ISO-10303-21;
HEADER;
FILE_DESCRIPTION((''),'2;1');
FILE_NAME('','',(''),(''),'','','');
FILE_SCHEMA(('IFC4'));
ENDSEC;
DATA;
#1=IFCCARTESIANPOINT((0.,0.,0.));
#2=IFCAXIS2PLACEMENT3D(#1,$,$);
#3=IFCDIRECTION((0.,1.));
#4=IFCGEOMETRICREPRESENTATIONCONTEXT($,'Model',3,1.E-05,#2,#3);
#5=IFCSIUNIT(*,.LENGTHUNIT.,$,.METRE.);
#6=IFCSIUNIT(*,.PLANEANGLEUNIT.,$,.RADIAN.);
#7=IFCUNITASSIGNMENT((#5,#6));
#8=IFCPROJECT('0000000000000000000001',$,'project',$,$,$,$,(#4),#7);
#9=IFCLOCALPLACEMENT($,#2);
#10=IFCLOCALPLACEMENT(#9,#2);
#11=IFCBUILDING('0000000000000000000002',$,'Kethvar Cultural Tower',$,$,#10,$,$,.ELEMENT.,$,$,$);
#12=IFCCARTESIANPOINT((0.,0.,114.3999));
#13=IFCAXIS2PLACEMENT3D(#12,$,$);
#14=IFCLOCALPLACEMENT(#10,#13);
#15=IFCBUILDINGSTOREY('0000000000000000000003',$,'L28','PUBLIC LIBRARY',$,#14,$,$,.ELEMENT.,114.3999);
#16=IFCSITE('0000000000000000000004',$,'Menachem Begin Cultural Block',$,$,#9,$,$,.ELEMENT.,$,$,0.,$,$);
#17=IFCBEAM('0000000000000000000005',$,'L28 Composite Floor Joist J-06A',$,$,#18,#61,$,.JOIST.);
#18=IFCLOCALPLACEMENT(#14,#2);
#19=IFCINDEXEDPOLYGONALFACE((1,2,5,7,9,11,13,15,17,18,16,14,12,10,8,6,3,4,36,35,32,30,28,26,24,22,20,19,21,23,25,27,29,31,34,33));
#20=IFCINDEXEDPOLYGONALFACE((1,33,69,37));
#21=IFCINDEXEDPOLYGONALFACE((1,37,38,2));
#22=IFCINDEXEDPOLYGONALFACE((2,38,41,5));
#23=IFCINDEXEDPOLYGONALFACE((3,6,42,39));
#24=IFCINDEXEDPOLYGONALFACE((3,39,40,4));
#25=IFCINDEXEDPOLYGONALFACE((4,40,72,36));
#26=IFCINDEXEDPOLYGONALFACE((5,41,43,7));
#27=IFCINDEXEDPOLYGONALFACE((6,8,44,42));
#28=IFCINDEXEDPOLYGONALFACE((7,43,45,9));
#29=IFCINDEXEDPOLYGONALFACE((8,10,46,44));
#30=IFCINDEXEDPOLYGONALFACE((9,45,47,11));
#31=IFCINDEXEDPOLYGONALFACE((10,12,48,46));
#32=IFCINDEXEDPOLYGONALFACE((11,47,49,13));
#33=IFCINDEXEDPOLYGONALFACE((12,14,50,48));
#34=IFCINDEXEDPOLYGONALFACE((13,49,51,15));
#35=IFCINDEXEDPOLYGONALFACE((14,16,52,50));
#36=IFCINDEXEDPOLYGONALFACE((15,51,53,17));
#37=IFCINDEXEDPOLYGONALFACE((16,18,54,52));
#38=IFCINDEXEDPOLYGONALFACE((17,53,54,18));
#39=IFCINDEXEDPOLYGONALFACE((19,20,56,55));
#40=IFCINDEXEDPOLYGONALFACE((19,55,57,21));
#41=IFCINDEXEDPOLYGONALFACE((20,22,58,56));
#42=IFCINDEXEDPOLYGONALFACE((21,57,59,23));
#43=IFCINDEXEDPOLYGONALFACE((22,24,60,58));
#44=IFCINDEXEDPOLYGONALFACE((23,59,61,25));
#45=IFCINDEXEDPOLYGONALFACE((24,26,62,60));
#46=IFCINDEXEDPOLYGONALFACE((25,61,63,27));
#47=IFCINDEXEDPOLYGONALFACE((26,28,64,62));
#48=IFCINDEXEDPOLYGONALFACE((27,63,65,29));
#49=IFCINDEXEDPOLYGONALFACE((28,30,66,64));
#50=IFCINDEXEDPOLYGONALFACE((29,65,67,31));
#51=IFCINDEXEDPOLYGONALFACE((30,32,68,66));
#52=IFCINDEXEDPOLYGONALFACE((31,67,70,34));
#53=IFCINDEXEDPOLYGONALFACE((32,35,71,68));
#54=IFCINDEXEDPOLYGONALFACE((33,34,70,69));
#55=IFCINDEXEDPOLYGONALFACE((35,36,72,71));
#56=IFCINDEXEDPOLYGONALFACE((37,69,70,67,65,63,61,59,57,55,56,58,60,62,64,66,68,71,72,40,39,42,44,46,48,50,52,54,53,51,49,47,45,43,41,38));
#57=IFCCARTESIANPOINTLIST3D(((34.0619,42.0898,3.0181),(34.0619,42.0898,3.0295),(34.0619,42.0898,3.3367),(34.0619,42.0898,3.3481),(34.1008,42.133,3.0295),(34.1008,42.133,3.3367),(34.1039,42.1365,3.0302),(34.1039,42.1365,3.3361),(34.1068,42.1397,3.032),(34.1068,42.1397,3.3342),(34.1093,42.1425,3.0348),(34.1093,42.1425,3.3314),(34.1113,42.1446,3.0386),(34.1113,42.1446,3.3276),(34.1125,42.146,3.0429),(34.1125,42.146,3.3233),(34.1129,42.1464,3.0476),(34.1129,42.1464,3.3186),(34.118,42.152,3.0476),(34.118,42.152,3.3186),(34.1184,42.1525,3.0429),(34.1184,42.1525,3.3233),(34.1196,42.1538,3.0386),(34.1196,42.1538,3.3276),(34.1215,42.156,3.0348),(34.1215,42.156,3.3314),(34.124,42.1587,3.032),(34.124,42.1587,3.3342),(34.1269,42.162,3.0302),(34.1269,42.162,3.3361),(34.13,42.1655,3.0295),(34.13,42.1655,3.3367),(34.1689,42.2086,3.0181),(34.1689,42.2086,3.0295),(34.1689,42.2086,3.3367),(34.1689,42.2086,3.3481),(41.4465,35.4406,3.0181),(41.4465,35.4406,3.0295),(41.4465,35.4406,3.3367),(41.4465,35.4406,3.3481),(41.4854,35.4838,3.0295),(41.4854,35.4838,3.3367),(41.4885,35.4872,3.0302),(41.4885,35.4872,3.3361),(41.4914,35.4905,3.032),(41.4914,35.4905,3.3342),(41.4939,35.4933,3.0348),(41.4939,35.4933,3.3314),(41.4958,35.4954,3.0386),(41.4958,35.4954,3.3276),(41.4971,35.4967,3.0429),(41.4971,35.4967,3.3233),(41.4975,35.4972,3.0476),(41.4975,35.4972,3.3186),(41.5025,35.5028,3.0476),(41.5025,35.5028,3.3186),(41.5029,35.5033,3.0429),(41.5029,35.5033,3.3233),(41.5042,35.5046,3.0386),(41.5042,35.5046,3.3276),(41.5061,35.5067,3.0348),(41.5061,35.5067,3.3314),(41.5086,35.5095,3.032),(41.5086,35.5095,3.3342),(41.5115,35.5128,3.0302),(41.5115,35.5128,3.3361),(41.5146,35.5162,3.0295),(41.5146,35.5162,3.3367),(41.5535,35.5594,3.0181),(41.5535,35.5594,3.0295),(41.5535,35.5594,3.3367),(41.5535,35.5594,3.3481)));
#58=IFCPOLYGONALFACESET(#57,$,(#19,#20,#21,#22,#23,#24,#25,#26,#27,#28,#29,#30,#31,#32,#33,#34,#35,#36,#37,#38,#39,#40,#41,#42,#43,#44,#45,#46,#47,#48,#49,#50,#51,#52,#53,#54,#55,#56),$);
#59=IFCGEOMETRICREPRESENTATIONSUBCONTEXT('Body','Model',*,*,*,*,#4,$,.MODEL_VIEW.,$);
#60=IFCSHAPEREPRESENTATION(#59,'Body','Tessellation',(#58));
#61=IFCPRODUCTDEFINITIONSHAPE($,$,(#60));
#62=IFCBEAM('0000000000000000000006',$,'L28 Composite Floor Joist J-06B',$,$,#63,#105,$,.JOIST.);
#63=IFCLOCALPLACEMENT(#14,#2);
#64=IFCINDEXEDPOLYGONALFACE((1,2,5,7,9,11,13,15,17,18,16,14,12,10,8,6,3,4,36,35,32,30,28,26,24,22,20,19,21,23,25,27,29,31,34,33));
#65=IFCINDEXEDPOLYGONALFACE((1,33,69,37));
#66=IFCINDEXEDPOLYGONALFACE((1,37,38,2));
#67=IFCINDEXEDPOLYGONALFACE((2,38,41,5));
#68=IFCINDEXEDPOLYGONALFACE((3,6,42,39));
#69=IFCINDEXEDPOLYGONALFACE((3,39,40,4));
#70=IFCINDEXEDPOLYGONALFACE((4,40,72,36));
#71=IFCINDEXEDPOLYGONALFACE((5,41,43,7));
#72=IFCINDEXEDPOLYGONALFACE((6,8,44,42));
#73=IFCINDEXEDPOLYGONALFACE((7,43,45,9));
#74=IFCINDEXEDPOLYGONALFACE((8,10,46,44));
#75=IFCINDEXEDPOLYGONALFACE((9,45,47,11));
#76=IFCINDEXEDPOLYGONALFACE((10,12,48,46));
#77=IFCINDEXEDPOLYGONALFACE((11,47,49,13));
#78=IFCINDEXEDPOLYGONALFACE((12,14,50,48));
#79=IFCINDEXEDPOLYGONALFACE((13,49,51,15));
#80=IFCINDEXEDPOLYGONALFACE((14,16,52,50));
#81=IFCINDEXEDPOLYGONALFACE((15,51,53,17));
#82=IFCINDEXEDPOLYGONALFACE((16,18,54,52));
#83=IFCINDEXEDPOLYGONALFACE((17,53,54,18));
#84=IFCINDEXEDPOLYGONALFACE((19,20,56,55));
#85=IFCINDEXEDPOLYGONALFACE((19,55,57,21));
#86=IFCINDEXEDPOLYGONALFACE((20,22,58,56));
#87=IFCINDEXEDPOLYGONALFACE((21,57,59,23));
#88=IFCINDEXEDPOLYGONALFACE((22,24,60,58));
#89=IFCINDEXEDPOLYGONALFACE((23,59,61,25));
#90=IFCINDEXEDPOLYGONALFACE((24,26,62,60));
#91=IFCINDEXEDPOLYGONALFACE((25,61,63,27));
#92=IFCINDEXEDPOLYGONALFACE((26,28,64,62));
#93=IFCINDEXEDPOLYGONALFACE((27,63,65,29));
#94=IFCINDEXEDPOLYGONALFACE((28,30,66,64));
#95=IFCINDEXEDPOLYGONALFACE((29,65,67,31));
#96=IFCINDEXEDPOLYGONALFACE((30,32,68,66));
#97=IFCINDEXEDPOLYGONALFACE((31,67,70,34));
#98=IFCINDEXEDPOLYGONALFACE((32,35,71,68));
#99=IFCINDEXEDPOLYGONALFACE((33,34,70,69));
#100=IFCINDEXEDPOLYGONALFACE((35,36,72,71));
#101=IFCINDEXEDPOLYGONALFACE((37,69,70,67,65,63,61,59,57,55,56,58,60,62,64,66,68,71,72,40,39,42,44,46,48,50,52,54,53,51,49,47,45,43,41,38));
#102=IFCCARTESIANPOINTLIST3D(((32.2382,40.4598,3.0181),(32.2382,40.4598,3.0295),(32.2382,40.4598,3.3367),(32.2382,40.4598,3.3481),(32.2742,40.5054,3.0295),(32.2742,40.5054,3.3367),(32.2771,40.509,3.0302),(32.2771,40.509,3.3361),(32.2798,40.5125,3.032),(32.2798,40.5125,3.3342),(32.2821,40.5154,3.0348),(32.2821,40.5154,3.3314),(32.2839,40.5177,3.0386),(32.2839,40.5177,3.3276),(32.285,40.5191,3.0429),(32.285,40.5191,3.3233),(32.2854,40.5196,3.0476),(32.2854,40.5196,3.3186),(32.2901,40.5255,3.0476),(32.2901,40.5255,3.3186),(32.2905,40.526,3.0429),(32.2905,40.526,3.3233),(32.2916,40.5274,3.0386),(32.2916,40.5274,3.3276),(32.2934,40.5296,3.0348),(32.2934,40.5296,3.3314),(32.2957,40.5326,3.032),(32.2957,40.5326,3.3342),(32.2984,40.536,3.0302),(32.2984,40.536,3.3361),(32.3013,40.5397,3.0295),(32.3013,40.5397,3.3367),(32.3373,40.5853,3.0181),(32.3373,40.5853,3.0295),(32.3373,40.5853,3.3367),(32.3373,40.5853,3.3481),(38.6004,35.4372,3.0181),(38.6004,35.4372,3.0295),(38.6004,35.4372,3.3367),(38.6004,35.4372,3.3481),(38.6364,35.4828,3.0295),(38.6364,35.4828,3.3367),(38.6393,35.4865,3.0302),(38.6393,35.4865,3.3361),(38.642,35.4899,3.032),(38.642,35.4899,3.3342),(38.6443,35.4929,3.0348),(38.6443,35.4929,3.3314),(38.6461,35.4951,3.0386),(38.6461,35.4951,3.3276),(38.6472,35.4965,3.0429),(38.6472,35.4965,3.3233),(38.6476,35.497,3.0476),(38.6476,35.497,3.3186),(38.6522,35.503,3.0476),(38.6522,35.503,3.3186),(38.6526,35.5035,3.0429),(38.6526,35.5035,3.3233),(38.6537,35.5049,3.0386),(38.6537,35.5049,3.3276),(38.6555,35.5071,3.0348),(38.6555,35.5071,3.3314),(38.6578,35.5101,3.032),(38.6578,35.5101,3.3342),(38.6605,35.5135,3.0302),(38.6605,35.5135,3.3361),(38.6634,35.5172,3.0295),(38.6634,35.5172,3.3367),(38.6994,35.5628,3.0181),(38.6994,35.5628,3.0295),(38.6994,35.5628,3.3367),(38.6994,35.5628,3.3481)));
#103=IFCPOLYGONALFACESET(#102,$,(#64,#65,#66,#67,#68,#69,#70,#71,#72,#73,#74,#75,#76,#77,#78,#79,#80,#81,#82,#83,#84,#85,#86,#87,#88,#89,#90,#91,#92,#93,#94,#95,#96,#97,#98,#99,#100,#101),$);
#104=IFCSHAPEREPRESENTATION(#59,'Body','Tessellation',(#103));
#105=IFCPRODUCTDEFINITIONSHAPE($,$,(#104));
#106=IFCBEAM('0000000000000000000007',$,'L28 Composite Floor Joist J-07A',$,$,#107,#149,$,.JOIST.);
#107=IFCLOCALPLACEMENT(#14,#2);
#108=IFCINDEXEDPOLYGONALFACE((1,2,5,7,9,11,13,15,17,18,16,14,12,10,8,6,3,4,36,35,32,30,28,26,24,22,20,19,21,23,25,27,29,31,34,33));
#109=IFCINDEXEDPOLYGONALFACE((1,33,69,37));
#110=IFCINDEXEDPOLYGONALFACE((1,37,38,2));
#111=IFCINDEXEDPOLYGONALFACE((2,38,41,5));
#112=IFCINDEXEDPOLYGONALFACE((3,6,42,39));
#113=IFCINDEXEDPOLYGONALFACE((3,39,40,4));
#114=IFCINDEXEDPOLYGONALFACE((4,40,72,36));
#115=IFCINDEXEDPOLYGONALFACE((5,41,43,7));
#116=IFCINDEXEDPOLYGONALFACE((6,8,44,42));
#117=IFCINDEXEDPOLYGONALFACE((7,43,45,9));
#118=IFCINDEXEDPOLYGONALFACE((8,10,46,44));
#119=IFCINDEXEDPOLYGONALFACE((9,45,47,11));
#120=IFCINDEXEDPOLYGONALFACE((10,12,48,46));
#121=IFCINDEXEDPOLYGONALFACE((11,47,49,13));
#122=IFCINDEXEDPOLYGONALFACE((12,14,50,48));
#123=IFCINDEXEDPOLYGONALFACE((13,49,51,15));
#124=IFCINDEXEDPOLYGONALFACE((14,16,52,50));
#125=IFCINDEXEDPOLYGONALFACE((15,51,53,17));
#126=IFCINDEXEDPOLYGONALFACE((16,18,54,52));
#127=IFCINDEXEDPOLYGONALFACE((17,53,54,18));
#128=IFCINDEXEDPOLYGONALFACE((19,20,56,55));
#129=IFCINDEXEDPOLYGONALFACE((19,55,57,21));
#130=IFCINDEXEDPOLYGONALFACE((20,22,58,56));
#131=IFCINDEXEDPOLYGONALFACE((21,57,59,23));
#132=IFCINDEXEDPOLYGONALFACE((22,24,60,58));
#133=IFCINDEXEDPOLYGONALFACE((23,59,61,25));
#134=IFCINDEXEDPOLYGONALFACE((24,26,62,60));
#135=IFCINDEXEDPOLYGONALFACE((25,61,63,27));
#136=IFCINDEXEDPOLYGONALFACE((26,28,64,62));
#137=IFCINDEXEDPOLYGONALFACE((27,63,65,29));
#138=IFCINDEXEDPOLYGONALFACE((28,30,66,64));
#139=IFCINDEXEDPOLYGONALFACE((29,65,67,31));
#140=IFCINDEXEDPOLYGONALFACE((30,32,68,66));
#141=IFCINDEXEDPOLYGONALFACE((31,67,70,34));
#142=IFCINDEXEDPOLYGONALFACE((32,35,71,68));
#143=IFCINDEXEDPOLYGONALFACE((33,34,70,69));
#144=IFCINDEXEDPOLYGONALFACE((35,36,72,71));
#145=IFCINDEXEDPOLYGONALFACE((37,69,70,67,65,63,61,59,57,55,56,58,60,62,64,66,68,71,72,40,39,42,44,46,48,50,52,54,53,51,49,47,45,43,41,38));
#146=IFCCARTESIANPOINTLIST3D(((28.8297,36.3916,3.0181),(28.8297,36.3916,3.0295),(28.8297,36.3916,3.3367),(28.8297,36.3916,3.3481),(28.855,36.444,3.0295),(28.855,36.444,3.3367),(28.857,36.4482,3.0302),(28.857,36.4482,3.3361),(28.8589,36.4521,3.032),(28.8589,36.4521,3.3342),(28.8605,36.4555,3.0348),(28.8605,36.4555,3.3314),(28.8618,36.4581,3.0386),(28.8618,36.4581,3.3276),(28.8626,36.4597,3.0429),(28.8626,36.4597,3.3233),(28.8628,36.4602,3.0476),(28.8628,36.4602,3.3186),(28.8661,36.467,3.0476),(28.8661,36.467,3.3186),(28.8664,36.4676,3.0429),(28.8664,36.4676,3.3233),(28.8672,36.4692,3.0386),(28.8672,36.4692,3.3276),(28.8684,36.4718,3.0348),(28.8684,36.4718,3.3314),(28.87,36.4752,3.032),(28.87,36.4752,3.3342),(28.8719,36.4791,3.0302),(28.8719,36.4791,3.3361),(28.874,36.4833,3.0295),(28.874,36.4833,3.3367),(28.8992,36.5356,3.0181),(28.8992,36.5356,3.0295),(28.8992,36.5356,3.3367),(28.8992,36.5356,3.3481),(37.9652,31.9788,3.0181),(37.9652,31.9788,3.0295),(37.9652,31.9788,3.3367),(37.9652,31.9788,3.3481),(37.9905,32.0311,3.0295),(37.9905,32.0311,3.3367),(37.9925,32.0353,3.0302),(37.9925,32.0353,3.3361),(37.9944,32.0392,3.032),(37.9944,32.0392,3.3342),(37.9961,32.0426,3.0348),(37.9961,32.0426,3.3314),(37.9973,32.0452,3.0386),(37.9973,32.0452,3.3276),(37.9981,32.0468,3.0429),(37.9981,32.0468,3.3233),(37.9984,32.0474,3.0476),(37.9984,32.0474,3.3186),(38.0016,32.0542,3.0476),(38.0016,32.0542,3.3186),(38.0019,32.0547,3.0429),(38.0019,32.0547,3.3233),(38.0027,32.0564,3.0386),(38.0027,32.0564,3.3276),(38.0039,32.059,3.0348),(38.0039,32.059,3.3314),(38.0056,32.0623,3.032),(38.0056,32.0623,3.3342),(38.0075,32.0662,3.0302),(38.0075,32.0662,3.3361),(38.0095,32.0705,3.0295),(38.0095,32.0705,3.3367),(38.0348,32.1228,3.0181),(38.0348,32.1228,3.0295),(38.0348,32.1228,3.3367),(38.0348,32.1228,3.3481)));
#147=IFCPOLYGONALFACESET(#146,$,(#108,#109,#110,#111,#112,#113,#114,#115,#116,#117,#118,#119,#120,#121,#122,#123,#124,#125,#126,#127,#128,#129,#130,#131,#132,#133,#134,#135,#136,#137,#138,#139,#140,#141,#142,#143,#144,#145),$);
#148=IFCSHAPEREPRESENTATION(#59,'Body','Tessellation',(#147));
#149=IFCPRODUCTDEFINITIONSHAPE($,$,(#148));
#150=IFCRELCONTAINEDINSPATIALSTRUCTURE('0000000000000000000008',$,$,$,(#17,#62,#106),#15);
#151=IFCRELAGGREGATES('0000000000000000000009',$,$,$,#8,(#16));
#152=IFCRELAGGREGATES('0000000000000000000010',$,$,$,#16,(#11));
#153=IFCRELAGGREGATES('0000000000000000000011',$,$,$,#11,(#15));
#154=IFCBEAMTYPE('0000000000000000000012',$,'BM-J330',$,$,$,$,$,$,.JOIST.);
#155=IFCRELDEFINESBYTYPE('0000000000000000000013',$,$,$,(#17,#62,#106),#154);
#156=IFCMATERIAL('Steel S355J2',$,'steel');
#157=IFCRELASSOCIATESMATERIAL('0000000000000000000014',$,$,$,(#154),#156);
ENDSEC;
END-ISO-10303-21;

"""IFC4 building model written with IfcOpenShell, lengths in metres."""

from ifc_helpers import new_model, si_unit, direction, frame, origin, origin_2d, place, context, subcontext, project, spatial, i_section, extrude, source, transform, mapped, material, material_profile, profile_set, type_object, element, save


model = new_model("IFC4")

# Units and contexts
model_context = context("Model", 3, precision=1e-05, world=origin(), true_north=direction((0.0, 1.0)))
body_context = subcontext(model_context, "Body", "Model", "MODEL_VIEW")
ifc_project = project(units=[si_unit("LENGTHUNIT", "METRE"), si_unit("PLANEANGLEUNIT", "RADIAN")], contexts=[model_context])

# Site, building, storey
site_placement = place(None, origin())
site = spatial("IfcSite", under=ifc_project, at=site_placement, Name="Menachem Begin Cultural Block", CompositionType="ELEMENT", RefElevation=0.0)
building_placement = place(site_placement, origin())
building = spatial("IfcBuilding", under=site, at=building_placement, Name="Kethvar Cultural Tower", CompositionType="ELEMENT")
storey_placement = place(building_placement, frame((0.0, 0.0, 114.3999)))
storey = spatial("IfcBuildingStorey", under=building, at=storey_placement, Name="L28", Description="PUBLIC LIBRARY", CompositionType="ELEMENT", Elevation=114.3999)

# Beams
ifc_material_1 = material(Name="Steel S355J2", Category="steel")
ifc_material_profile_1 = material_profile(ifc_material_1, i_section(OverallWidth=0.1599, OverallDepth=0.3301, WebThickness=0.0076, FlangeThickness=0.0115, FilletRadius=0.0181, at=origin_2d()), Name="Steel S355J2 — IPE330")
ifc_profile_set_1 = profile_set([ifc_material_profile_1], Name="Steel S355J2 — IPE330")
beam_type_1 = type_object("IfcBeamType", Name="BM-J330", PredefinedType="JOIST", material=ifc_profile_set_1)
shared_shape_1 = source(origin(), body_context, "Body", "SweptSolid", [
    extrude(i_section(OverallWidth=0.1599, OverallDepth=0.3301, WebThickness=0.0076, FlangeThickness=0.0115, FilletRadius=0.0181, at=origin_2d()), origin(), (0.0, 0.0, 1.0), 9.937),
])
beam_1_placement = place(storey_placement, frame((41.5, 35.5, 3.1831), z_axis=(-0.743139, 0.669137, 0.0), x_axis=(-0.669137, -0.743139, 0.0)))
element("IfcBeam", 1, at=beam_1_placement, inside=storey, type_object=beam_type_1, Name="L28 Composite Floor Joist J-06A", PredefinedType="JOIST", context=body_context, shape_type="MappedRepresentation", body=[
    mapped(shared_shape_1, transform((0.0, 0.0, 0.0), scale=1.0)),
])
shared_shape_2 = source(origin(), body_context, "Body", "SweptSolid", [
    extrude(i_section(OverallWidth=0.1599, OverallDepth=0.3301, WebThickness=0.0076, FlangeThickness=0.0115, FilletRadius=0.0181, at=origin_2d()), origin(), (0.0, 0.0, 1.0), 8.1057),
])
beam_2_placement = place(storey_placement, frame((38.6499, 35.5, 3.1831), z_axis=(-0.784896, 0.619628, 0.0), x_axis=(-0.619628, -0.784896, 0.0)))
element("IfcBeam", 2, at=beam_2_placement, inside=storey, type_object=beam_type_1, Name="L28 Composite Floor Joist J-06B", PredefinedType="JOIST", context=body_context, shape_type="MappedRepresentation", body=[
    mapped(shared_shape_2, transform((0.0, 0.0, 0.0), scale=1.0)),
])
shared_shape_3 = source(origin(), body_context, "Body", "SweptSolid", [
    extrude(i_section(OverallWidth=0.1599, OverallDepth=0.3301, WebThickness=0.0076, FlangeThickness=0.0115, FilletRadius=0.0181, at=origin_2d()), origin(), (0.0, 0.0, 1.0), 10.1455),
])
beam_3_placement = place(storey_placement, frame((38.0, 32.0508, 3.1831), z_axis=(-0.900451, 0.434957, 0.0), x_axis=(-0.434957, -0.900451, 0.0)))
element("IfcBeam", 3, at=beam_3_placement, inside=storey, type_object=beam_type_1, Name="L28 Composite Floor Joist J-07A", PredefinedType="JOIST", context=body_context, shape_type="MappedRepresentation", body=[
    mapped(shared_shape_3, transform((0.0, 0.0, 0.0), scale=1.0)),
])

save(model, "model.ifc")
